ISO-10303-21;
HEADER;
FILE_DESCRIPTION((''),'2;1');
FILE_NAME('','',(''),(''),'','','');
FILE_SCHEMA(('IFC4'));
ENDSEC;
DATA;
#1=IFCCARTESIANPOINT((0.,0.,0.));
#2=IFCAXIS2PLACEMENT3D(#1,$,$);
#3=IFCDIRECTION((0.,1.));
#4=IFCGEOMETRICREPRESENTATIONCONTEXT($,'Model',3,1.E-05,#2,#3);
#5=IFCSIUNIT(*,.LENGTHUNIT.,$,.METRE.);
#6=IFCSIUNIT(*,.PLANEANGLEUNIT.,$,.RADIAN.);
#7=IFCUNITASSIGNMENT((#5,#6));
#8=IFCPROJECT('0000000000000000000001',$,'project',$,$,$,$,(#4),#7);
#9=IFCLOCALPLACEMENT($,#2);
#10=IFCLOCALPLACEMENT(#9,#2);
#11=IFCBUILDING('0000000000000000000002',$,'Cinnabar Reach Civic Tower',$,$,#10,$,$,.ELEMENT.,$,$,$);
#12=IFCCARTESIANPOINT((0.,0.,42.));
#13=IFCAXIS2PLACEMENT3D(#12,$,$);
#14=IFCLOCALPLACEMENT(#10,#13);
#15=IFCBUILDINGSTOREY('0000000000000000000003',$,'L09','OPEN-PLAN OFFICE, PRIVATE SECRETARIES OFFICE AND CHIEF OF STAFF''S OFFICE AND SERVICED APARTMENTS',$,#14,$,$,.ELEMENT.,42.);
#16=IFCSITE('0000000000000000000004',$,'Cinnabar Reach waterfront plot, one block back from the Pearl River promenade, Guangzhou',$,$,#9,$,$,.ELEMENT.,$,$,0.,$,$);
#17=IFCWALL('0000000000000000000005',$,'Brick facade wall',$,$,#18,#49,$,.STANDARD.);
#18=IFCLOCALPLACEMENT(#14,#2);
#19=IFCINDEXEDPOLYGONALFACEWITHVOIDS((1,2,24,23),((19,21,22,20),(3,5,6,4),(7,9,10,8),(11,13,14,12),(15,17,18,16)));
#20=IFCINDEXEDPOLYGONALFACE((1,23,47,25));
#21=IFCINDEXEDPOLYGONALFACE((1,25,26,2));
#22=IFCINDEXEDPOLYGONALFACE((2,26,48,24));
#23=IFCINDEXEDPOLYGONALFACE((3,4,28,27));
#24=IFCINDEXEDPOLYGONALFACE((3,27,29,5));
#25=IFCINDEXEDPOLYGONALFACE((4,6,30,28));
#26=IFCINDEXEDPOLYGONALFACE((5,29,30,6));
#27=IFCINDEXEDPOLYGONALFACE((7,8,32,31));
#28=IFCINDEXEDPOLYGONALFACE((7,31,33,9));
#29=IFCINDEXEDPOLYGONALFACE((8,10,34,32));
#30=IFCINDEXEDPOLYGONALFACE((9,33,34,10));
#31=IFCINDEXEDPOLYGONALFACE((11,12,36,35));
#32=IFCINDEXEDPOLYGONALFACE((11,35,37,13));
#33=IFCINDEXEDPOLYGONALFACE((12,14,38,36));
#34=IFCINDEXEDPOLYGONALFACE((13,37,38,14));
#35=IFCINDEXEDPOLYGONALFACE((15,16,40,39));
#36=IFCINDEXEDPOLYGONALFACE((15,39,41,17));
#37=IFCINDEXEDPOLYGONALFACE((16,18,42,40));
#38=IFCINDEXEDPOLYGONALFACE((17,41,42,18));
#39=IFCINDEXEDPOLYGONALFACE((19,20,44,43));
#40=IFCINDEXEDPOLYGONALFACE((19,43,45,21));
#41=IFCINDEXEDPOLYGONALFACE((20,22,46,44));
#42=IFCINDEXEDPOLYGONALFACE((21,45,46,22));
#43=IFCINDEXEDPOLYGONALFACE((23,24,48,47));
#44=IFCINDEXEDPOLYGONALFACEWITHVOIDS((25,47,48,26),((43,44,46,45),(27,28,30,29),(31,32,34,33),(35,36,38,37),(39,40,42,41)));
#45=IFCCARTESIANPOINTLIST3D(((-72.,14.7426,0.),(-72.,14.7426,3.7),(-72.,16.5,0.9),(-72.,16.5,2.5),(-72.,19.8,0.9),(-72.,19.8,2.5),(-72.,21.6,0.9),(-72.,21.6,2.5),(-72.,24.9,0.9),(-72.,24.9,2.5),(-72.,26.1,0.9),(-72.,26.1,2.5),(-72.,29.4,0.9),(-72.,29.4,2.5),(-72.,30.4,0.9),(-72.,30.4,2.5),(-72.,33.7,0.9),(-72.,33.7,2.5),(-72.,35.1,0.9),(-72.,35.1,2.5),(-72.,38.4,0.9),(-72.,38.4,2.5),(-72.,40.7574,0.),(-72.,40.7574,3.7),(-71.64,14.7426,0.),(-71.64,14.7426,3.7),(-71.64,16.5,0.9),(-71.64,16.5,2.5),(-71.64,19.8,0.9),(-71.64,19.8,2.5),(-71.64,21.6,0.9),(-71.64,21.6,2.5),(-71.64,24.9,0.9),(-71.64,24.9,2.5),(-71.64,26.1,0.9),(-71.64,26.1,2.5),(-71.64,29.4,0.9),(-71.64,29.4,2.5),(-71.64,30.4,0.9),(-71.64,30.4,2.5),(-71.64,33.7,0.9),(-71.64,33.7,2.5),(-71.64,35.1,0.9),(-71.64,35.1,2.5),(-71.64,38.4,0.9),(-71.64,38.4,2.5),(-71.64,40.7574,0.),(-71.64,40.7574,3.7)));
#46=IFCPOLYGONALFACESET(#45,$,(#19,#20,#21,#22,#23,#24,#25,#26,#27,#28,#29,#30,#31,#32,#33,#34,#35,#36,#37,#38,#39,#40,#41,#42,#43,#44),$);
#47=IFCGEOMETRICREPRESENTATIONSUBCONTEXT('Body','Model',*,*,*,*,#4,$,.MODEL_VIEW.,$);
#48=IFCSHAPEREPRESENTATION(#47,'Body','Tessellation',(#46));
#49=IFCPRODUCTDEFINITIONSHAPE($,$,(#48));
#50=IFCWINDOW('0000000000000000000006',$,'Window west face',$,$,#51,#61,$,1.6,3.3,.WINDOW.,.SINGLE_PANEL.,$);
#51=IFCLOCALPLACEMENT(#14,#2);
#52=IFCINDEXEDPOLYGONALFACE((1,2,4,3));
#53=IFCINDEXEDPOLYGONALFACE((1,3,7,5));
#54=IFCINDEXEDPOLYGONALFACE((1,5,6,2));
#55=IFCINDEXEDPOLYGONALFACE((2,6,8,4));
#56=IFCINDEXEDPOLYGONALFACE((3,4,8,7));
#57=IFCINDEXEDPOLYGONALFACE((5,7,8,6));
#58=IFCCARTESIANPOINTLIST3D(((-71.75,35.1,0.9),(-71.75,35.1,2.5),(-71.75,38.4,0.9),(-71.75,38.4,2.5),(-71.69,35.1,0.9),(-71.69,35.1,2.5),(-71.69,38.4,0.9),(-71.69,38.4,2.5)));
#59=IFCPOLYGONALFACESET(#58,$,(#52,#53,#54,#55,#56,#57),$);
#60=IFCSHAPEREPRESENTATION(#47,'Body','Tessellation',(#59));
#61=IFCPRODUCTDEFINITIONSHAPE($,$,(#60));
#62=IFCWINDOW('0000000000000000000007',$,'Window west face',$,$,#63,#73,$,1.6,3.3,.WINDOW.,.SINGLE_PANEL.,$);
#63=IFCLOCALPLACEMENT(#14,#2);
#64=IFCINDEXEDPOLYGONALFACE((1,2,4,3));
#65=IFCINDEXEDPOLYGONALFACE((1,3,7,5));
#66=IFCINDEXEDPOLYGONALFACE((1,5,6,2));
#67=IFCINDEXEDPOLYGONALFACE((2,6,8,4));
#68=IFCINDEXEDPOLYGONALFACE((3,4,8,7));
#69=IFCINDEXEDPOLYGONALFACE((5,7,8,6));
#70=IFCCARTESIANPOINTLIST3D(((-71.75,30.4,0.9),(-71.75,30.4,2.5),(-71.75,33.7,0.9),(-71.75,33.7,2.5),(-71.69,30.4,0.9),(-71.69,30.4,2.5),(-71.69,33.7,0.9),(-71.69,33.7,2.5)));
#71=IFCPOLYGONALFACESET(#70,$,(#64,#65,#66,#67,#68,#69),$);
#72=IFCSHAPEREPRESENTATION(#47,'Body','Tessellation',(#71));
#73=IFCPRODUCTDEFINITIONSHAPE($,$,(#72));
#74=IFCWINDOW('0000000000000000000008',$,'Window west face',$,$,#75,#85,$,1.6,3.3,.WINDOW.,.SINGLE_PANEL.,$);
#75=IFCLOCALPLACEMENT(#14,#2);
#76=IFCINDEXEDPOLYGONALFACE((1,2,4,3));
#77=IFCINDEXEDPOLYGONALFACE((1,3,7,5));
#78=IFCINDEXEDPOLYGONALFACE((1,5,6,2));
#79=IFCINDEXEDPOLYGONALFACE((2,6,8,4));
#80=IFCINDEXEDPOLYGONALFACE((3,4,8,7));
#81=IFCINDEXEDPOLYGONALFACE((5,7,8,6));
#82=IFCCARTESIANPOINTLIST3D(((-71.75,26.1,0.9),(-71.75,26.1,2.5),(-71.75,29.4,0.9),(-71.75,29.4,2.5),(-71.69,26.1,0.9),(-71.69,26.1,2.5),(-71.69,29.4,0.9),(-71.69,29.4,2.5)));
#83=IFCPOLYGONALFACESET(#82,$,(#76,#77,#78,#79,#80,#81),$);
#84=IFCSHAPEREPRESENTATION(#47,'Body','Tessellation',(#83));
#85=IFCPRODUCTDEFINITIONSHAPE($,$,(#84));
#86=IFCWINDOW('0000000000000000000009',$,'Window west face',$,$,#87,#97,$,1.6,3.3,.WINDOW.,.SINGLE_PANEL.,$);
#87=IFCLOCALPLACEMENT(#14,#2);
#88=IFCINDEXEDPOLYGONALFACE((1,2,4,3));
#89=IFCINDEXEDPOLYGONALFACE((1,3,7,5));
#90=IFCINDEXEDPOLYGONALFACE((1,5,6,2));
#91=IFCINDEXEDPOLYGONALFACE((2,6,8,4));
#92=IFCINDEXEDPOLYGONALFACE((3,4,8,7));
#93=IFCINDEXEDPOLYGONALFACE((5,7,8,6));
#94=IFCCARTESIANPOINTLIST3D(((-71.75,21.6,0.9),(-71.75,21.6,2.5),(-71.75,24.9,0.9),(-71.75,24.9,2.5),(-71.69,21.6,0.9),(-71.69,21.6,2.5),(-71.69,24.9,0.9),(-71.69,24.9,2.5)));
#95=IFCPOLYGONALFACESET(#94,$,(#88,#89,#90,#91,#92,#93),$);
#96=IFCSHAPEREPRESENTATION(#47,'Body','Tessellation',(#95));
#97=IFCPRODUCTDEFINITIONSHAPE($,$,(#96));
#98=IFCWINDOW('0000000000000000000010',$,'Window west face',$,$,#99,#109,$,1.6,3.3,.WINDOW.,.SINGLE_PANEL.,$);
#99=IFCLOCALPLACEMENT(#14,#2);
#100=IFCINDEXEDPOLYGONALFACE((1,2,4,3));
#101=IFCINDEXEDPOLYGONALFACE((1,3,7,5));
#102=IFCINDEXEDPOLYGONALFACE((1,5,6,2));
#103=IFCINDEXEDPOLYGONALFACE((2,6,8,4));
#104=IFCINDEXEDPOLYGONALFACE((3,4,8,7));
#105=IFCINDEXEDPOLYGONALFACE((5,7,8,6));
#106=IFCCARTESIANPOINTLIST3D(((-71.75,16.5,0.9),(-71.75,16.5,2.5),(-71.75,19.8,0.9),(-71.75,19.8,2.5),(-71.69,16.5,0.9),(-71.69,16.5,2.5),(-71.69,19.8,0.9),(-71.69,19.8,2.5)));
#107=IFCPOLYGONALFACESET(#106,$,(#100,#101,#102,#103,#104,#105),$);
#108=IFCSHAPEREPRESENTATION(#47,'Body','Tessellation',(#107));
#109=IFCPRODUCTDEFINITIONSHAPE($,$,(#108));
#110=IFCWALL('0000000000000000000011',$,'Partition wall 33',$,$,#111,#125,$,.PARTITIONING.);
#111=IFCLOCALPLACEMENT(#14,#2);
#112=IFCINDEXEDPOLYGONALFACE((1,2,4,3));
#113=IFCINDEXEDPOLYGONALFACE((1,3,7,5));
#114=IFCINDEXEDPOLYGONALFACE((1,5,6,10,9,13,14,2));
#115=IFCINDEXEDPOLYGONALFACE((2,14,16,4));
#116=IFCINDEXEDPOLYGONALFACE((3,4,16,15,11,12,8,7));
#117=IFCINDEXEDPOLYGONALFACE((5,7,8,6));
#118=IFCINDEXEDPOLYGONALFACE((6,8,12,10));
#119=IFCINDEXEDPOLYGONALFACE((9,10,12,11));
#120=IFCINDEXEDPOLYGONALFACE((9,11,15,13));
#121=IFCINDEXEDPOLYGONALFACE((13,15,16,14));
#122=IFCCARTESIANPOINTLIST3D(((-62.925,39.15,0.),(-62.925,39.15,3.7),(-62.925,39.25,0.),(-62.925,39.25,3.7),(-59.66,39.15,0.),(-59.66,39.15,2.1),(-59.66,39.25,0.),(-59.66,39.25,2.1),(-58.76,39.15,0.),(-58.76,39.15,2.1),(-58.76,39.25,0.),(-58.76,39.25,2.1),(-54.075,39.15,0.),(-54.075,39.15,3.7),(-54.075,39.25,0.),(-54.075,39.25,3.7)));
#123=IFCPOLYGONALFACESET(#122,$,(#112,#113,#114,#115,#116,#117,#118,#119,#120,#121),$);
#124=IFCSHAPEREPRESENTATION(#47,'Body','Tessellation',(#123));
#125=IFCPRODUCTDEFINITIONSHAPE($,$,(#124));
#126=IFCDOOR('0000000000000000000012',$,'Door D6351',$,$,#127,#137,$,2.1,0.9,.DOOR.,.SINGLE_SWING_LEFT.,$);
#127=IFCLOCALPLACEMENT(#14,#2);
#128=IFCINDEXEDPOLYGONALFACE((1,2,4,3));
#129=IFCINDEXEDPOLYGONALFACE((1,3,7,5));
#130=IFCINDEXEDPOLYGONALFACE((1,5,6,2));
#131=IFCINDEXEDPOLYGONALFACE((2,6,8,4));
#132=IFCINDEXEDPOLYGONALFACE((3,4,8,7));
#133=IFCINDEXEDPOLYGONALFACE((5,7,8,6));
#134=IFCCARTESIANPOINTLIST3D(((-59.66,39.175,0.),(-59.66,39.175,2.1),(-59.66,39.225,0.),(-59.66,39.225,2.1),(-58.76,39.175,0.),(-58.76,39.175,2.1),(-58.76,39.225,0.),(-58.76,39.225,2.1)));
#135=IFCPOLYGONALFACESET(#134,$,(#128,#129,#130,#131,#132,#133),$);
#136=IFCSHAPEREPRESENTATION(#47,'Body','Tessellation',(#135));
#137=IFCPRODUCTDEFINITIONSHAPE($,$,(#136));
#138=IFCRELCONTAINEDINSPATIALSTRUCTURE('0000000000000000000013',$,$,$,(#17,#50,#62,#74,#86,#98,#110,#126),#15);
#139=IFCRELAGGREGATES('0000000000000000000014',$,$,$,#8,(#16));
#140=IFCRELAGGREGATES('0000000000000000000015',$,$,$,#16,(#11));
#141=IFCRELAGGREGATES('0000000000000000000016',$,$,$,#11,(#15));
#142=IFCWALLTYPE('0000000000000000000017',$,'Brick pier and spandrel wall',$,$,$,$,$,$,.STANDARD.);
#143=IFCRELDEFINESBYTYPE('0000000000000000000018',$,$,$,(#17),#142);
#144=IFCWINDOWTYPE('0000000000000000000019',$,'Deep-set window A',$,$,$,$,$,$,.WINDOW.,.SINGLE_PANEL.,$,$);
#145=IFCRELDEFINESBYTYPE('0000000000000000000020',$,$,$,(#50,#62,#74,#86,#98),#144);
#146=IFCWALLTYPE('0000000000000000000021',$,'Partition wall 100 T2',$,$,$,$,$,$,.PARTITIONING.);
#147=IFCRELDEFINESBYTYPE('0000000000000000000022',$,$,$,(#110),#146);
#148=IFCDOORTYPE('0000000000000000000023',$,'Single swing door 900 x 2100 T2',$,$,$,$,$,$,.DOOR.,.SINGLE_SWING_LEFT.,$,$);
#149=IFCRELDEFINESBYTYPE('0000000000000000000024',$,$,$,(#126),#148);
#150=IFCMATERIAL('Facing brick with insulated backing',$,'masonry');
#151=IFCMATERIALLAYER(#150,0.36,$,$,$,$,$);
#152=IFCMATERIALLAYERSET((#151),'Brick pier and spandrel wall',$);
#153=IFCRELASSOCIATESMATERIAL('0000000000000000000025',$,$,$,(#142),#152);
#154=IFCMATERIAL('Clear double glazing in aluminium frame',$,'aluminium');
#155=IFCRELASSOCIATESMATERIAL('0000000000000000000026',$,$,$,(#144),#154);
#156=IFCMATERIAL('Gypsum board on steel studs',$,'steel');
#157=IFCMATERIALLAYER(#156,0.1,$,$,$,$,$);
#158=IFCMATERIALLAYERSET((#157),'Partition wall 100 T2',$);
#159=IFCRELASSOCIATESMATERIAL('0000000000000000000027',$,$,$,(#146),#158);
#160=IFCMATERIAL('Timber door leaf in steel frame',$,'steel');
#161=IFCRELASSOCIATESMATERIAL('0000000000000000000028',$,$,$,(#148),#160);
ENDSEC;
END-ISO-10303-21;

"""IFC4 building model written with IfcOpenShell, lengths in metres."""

from ifc_helpers import new_model, si_unit, direction, frame, frame_2d, origin, place, context, subcontext, project, spatial, rectangle, extrude, material, layer, layer_set, type_object, element, fill, save


model = new_model("IFC4")

# Units and contexts
model_context = context("Model", 3, precision=1e-05, world=origin(), true_north=direction((0.0, 1.0)))
body_context = subcontext(model_context, "Body", "Model", "MODEL_VIEW")
ifc_project = project(units=[si_unit("LENGTHUNIT", "METRE"), si_unit("PLANEANGLEUNIT", "RADIAN")], contexts=[model_context])

# Site, building, storey
site_placement = place(None, origin())
site = spatial("IfcSite", under=ifc_project, at=site_placement, Name="Cinnabar Reach waterfront plot, one block back from the Pearl River promenade, Guangzhou", CompositionType="ELEMENT", RefElevation=0.0)
building_placement = place(site_placement, origin())
building = spatial("IfcBuilding", under=site, at=building_placement, Name="Cinnabar Reach Civic Tower", CompositionType="ELEMENT")
storey_placement = place(building_placement, frame((0.0, 0.0, 42.0)))
storey = spatial("IfcBuildingStorey", under=building, at=storey_placement, Name="L09", Description="OPEN-PLAN OFFICE, PRIVATE SECRETARIES OFFICE AND CHIEF OF STAFF'S OFFICE AND SERVICED APARTMENTS", CompositionType="ELEMENT", Elevation=42.0)

# Shared definitions
ifc_material_1 = material(Name="Facing brick with insulated backing", Category="masonry")
ifc_layer_1 = layer(ifc_material_1, 0.36)
ifc_layer_set_1 = layer_set([ifc_layer_1], Name="Brick pier and spandrel wall")
wall_type_1 = type_object("IfcWallType", Name="Brick pier and spandrel wall", PredefinedType="STANDARD", material=ifc_layer_set_1)

# Wall, openings, windows
wall_1_placement = place(storey_placement, frame((-71.82, 40.7574, 0.0), z_axis=(0.0, 0.0, 1.0), x_axis=(0.0, -1.0, 0.0)))
wall_1 = element("IfcWall", 1, at=wall_1_placement, inside=storey, type_object=wall_type_1, Name="Brick facade wall", PredefinedType="STANDARD", context=body_context, shape_type="SweptSolid", body=[
    extrude(rectangle(XDim=26.0148, YDim=0.36, at=frame_2d((13.0074, 0.0))), origin(), (0.0, 0.0, 1.0), 3.7),
])
opening_1_placement = place(wall_1_placement, frame((2.3574, 0.0, 0.9)))
opening_1 = element("IfcOpeningElement", 2, at=opening_1_placement, cuts=wall_1, PredefinedType="OPENING", context=body_context, shape_type="SweptSolid", body=[
    extrude(rectangle(XDim=3.3, YDim=1.6, at=frame_2d((1.65, 0.8))), frame((0.0, 0.19, 0.0), z_axis=(0.0, -1.0, 0.0), x_axis=(1.0, 0.0, 0.0)), (0.0, 0.0, 1.0), 0.38),
])
opening_2_placement = place(wall_1_placement, frame((7.0574, 0.0, 0.9)))
opening_2 = element("IfcOpeningElement", 3, at=opening_2_placement, cuts=wall_1, PredefinedType="OPENING", context=body_context, shape_type="SweptSolid", body=[
    extrude(rectangle(XDim=3.3, YDim=1.6, at=frame_2d((1.65, 0.8))), frame((0.0, 0.19, 0.0), z_axis=(0.0, -1.0, 0.0), x_axis=(1.0, 0.0, 0.0)), (0.0, 0.0, 1.0), 0.38),
])
opening_3_placement = place(wall_1_placement, frame((11.3574, 0.0, 0.9)))
opening_3 = element("IfcOpeningElement", 4, at=opening_3_placement, cuts=wall_1, PredefinedType="OPENING", context=body_context, shape_type="SweptSolid", body=[
    extrude(rectangle(XDim=3.3, YDim=1.6, at=frame_2d((1.65, 0.8))), frame((0.0, 0.19, 0.0), z_axis=(0.0, -1.0, 0.0), x_axis=(1.0, 0.0, 0.0)), (0.0, 0.0, 1.0), 0.38),
])
opening_4_placement = place(wall_1_placement, frame((15.8574, 0.0, 0.9)))
opening_4 = element("IfcOpeningElement", 5, at=opening_4_placement, cuts=wall_1, PredefinedType="OPENING", context=body_context, shape_type="SweptSolid", body=[
    extrude(rectangle(XDim=3.3, YDim=1.6, at=frame_2d((1.65, 0.8))), frame((0.0, 0.19, 0.0), z_axis=(0.0, -1.0, 0.0), x_axis=(1.0, 0.0, 0.0)), (0.0, 0.0, 1.0), 0.38),
])
opening_5_placement = place(wall_1_placement, frame((20.9574, 0.0, 0.9)))
opening_5 = element("IfcOpeningElement", 6, at=opening_5_placement, cuts=wall_1, PredefinedType="OPENING", context=body_context, shape_type="SweptSolid", body=[
    extrude(rectangle(XDim=3.3, YDim=1.6, at=frame_2d((1.65, 0.8))), frame((0.0, 0.19, 0.0), z_axis=(0.0, -1.0, 0.0), x_axis=(1.0, 0.0, 0.0)), (0.0, 0.0, 1.0), 0.38),
])
ifc_material_2 = material(Name="Clear double glazing in aluminium frame", Category="aluminium")
window_type = type_object("IfcWindowType", Name="Deep-set window A", PartitioningType="SINGLE_PANEL", PredefinedType="WINDOW", material=ifc_material_2)
window_1_placement = place(opening_1_placement, origin())
window_1 = element("IfcWindow", 7, at=window_1_placement, inside=storey, type_object=window_type, Name="Window west face", OverallHeight=1.6, OverallWidth=3.3, PartitioningType="SINGLE_PANEL", PredefinedType="WINDOW", context=body_context, shape_type="SweptSolid", body=[
    extrude(rectangle(XDim=3.3, YDim=1.6, at=frame_2d((1.65, 0.8))), frame((0.0, 0.13, 0.0), z_axis=(0.0, -1.0, 0.0), x_axis=(1.0, 0.0, 0.0)), (0.0, 0.0, 1.0), 0.06),
])
fill(opening_1, window_1)
window_2_placement = place(opening_2_placement, origin())
window_2 = element("IfcWindow", 8, at=window_2_placement, inside=storey, type_object=window_type, Name="Window west face", OverallHeight=1.6, OverallWidth=3.3, PartitioningType="SINGLE_PANEL", PredefinedType="WINDOW", context=body_context, shape_type="SweptSolid", body=[
    extrude(rectangle(XDim=3.3, YDim=1.6, at=frame_2d((1.65, 0.8))), frame((0.0, 0.13, 0.0), z_axis=(0.0, -1.0, 0.0), x_axis=(1.0, 0.0, 0.0)), (0.0, 0.0, 1.0), 0.06),
])
fill(opening_2, window_2)
window_3_placement = place(opening_3_placement, origin())
window_3 = element("IfcWindow", 9, at=window_3_placement, inside=storey, type_object=window_type, Name="Window west face", OverallHeight=1.6, OverallWidth=3.3, PartitioningType="SINGLE_PANEL", PredefinedType="WINDOW", context=body_context, shape_type="SweptSolid", body=[
    extrude(rectangle(XDim=3.3, YDim=1.6, at=frame_2d((1.65, 0.8))), frame((0.0, 0.13, 0.0), z_axis=(0.0, -1.0, 0.0), x_axis=(1.0, 0.0, 0.0)), (0.0, 0.0, 1.0), 0.06),
])
fill(opening_3, window_3)
window_4_placement = place(opening_4_placement, origin())
window_4 = element("IfcWindow", 10, at=window_4_placement, inside=storey, type_object=window_type, Name="Window west face", OverallHeight=1.6, OverallWidth=3.3, PartitioningType="SINGLE_PANEL", PredefinedType="WINDOW", context=body_context, shape_type="SweptSolid", body=[
    extrude(rectangle(XDim=3.3, YDim=1.6, at=frame_2d((1.65, 0.8))), frame((0.0, 0.13, 0.0), z_axis=(0.0, -1.0, 0.0), x_axis=(1.0, 0.0, 0.0)), (0.0, 0.0, 1.0), 0.06),
])
fill(opening_4, window_4)
window_5_placement = place(opening_5_placement, origin())
window_5 = element("IfcWindow", 11, at=window_5_placement, inside=storey, type_object=window_type, Name="Window west face", OverallHeight=1.6, OverallWidth=3.3, PartitioningType="SINGLE_PANEL", PredefinedType="WINDOW", context=body_context, shape_type="SweptSolid", body=[
    extrude(rectangle(XDim=3.3, YDim=1.6, at=frame_2d((1.65, 0.8))), frame((0.0, 0.13, 0.0), z_axis=(0.0, -1.0, 0.0), x_axis=(1.0, 0.0, 0.0)), (0.0, 0.0, 1.0), 0.06),
])
fill(opening_5, window_5)

# Wall, opening, door
ifc_material_3 = material(Name="Gypsum board on steel studs", Category="steel")
ifc_layer_2 = layer(ifc_material_3, 0.1)
ifc_layer_set_2 = layer_set([ifc_layer_2], Name="Partition wall 100 T2")
wall_type_2 = type_object("IfcWallType", Name="Partition wall 100 T2", PredefinedType="PARTITIONING", material=ifc_layer_set_2)
wall_2_placement = place(storey_placement, frame((-62.925, 39.2, 0.0), z_axis=(0.0, 0.0, 1.0), x_axis=(1.0, 0.0, 0.0)))
wall_2 = element("IfcWall", 12, at=wall_2_placement, inside=storey, type_object=wall_type_2, Name="Partition wall 33", PredefinedType="PARTITIONING", context=body_context, shape_type="SweptSolid", body=[
    extrude(rectangle(XDim=8.85, YDim=0.1, at=frame_2d((4.425, 0.0))), origin(), (0.0, 0.0, 1.0), 3.7),
])
opening_6_placement = place(wall_2_placement, frame((3.265, 0.0, 0.0)))
opening_6 = element("IfcOpeningElement", 13, at=opening_6_placement, cuts=wall_2, PredefinedType="OPENING", context=body_context, shape_type="SweptSolid", body=[
    extrude(rectangle(XDim=0.9, YDim=2.1, at=frame_2d((0.45, 1.05))), frame((0.0, 0.06, 0.0), z_axis=(0.0, -1.0, 0.0), x_axis=(1.0, 0.0, 0.0)), (0.0, 0.0, 1.0), 0.12),
])
ifc_material_4 = material(Name="Timber door leaf in steel frame", Category="steel")
door_type = type_object("IfcDoorType", Name="Single swing door 900 x 2100 T2", OperationType="SINGLE_SWING_LEFT", PredefinedType="DOOR", material=ifc_material_4)
door_1_placement = place(opening_6_placement, frame((0.9, 0.0, 0.0), z_axis=(0.0, 0.0, 1.0), x_axis=(-1.0, 0.0, 0.0)))
door_1 = element("IfcDoor", 14, at=door_1_placement, inside=storey, type_object=door_type, Name="Door D6351", OperationType="SINGLE_SWING_LEFT", OverallHeight=2.1, OverallWidth=0.9, PredefinedType="DOOR", context=body_context, shape_type="SweptSolid", body=[
    extrude(rectangle(XDim=0.9, YDim=2.1, at=frame_2d((0.45, 1.05))), frame((0.0, 0.025, 0.0), z_axis=(0.0, -1.0, 0.0), x_axis=(1.0, 0.0, 0.0)), (0.0, 0.0, 1.0), 0.05),
])
fill(opening_6, door_1)

save(model, "model.ifc")
